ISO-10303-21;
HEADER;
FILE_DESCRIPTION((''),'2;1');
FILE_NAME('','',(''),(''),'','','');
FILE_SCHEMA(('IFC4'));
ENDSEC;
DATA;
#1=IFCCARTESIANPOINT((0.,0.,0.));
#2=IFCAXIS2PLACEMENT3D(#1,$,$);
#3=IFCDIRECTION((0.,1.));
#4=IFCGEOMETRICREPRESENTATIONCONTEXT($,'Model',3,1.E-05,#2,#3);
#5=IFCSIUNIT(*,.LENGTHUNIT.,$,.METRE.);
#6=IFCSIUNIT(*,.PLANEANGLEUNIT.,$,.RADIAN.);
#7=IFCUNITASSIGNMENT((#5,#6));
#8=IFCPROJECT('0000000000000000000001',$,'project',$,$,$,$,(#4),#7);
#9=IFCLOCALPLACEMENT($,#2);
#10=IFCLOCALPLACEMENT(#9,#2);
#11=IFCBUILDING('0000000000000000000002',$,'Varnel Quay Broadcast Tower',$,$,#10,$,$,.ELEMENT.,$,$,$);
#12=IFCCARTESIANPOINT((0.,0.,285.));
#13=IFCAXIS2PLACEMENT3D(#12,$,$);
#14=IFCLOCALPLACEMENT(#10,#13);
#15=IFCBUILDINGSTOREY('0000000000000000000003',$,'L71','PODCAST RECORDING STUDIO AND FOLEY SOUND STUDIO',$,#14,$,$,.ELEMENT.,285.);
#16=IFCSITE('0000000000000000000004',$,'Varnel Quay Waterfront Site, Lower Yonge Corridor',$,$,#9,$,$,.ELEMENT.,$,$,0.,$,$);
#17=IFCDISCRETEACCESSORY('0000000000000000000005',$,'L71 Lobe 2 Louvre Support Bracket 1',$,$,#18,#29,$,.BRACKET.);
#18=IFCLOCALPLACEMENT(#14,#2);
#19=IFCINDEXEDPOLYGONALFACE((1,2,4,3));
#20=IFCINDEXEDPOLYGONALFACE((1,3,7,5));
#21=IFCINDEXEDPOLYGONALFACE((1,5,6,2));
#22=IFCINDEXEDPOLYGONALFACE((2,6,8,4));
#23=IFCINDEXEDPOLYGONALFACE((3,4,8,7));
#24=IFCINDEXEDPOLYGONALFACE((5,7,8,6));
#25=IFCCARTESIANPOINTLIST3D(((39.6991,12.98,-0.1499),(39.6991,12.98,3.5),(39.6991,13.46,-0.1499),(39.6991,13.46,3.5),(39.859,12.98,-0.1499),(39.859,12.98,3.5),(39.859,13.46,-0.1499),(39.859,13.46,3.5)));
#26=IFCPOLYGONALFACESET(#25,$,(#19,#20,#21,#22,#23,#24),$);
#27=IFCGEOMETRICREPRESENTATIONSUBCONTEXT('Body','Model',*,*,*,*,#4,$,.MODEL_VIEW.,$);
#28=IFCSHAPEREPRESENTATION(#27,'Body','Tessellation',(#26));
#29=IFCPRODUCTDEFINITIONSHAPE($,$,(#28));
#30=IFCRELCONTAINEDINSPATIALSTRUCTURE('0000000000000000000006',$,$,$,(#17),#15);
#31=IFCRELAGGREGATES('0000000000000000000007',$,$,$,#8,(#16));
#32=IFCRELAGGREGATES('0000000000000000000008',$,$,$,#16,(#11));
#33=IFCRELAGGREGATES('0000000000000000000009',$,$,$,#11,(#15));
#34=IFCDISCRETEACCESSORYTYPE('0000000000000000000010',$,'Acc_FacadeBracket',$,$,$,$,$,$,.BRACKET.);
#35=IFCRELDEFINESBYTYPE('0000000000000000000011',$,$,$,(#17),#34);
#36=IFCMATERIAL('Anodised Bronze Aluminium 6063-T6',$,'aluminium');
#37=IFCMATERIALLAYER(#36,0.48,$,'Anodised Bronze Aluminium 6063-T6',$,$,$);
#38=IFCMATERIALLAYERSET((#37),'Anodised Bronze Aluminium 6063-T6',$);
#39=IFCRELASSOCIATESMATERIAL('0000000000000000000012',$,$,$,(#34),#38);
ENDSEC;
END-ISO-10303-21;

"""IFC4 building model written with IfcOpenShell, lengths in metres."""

from ifc_helpers import new_model, si_unit, direction, frame, origin, origin_2d, place, context, subcontext, project, spatial, rectangle, extrude, source, transform, mapped, material, layer, layer_set, type_object, type_shapes, element, save


model = new_model("IFC4")

# Units and contexts
model_context = context("Model", 3, precision=1e-05, world=origin(), true_north=direction((0.0, 1.0)))
body_context = subcontext(model_context, "Body", "Model", "MODEL_VIEW")
ifc_project = project(units=[si_unit("LENGTHUNIT", "METRE"), si_unit("PLANEANGLEUNIT", "RADIAN")], contexts=[model_context])

# Site, building, storey
site_placement = place(None, origin())
site = spatial("IfcSite", under=ifc_project, at=site_placement, Name="Varnel Quay Waterfront Site, Lower Yonge Corridor", CompositionType="ELEMENT", RefElevation=0.0)
building_placement = place(site_placement, origin())
building = spatial("IfcBuilding", under=site, at=building_placement, Name="Varnel Quay Broadcast Tower", CompositionType="ELEMENT")
storey_placement = place(building_placement, frame((0.0, 0.0, 285.0)))
storey = spatial("IfcBuildingStorey", under=building, at=storey_placement, Name="L71", Description="PODCAST RECORDING STUDIO AND FOLEY SOUND STUDIO", CompositionType="ELEMENT", Elevation=285.0)

# Shared definitions
ifc_material_1 = material(Name="Anodised Bronze Aluminium 6063-T6", Category="aluminium")

# Discrete accessory
ifc_layer_1 = layer(ifc_material_1, 0.48, Name="Anodised Bronze Aluminium 6063-T6")
ifc_layer_set_1 = layer_set([ifc_layer_1], Name="Anodised Bronze Aluminium 6063-T6")
discrete_accessory_type = type_object("IfcDiscreteAccessoryType", Name="Acc_FacadeBracket", PredefinedType="BRACKET", material=ifc_layer_set_1)
shared_shape_1 = source(origin(), body_context, "Body", "SweptSolid", [
    extrude(rectangle(XDim=0.1599, YDim=0.48, at=origin_2d()), origin(), (0.0, 0.0, 1.0), 3.6499),
])
type_shapes(discrete_accessory_type, [shared_shape_1])
discrete_accessory_placement = place(storey_placement, frame((39.7791, 13.22, -0.1499), z_axis=(0.0, 0.0, 1.0), x_axis=(1.0, 0.0, 0.0)))
element("IfcDiscreteAccessory", 1, at=discrete_accessory_placement, inside=storey, type_object=discrete_accessory_type, Name="L71 Lobe 2 Louvre Support Bracket 1", PredefinedType="BRACKET", context=body_context, shape_type="MappedRepresentation", body=[
    mapped(shared_shape_1, transform((0.0, 0.0, 0.0), x_axis=(1.0, 0.0, 0.0), y_axis=(0.0, 1.0, 0.0), z_axis=(0.0, 0.0, 1.0), scale=1.0)),
])

save(model, "model.ifc")
